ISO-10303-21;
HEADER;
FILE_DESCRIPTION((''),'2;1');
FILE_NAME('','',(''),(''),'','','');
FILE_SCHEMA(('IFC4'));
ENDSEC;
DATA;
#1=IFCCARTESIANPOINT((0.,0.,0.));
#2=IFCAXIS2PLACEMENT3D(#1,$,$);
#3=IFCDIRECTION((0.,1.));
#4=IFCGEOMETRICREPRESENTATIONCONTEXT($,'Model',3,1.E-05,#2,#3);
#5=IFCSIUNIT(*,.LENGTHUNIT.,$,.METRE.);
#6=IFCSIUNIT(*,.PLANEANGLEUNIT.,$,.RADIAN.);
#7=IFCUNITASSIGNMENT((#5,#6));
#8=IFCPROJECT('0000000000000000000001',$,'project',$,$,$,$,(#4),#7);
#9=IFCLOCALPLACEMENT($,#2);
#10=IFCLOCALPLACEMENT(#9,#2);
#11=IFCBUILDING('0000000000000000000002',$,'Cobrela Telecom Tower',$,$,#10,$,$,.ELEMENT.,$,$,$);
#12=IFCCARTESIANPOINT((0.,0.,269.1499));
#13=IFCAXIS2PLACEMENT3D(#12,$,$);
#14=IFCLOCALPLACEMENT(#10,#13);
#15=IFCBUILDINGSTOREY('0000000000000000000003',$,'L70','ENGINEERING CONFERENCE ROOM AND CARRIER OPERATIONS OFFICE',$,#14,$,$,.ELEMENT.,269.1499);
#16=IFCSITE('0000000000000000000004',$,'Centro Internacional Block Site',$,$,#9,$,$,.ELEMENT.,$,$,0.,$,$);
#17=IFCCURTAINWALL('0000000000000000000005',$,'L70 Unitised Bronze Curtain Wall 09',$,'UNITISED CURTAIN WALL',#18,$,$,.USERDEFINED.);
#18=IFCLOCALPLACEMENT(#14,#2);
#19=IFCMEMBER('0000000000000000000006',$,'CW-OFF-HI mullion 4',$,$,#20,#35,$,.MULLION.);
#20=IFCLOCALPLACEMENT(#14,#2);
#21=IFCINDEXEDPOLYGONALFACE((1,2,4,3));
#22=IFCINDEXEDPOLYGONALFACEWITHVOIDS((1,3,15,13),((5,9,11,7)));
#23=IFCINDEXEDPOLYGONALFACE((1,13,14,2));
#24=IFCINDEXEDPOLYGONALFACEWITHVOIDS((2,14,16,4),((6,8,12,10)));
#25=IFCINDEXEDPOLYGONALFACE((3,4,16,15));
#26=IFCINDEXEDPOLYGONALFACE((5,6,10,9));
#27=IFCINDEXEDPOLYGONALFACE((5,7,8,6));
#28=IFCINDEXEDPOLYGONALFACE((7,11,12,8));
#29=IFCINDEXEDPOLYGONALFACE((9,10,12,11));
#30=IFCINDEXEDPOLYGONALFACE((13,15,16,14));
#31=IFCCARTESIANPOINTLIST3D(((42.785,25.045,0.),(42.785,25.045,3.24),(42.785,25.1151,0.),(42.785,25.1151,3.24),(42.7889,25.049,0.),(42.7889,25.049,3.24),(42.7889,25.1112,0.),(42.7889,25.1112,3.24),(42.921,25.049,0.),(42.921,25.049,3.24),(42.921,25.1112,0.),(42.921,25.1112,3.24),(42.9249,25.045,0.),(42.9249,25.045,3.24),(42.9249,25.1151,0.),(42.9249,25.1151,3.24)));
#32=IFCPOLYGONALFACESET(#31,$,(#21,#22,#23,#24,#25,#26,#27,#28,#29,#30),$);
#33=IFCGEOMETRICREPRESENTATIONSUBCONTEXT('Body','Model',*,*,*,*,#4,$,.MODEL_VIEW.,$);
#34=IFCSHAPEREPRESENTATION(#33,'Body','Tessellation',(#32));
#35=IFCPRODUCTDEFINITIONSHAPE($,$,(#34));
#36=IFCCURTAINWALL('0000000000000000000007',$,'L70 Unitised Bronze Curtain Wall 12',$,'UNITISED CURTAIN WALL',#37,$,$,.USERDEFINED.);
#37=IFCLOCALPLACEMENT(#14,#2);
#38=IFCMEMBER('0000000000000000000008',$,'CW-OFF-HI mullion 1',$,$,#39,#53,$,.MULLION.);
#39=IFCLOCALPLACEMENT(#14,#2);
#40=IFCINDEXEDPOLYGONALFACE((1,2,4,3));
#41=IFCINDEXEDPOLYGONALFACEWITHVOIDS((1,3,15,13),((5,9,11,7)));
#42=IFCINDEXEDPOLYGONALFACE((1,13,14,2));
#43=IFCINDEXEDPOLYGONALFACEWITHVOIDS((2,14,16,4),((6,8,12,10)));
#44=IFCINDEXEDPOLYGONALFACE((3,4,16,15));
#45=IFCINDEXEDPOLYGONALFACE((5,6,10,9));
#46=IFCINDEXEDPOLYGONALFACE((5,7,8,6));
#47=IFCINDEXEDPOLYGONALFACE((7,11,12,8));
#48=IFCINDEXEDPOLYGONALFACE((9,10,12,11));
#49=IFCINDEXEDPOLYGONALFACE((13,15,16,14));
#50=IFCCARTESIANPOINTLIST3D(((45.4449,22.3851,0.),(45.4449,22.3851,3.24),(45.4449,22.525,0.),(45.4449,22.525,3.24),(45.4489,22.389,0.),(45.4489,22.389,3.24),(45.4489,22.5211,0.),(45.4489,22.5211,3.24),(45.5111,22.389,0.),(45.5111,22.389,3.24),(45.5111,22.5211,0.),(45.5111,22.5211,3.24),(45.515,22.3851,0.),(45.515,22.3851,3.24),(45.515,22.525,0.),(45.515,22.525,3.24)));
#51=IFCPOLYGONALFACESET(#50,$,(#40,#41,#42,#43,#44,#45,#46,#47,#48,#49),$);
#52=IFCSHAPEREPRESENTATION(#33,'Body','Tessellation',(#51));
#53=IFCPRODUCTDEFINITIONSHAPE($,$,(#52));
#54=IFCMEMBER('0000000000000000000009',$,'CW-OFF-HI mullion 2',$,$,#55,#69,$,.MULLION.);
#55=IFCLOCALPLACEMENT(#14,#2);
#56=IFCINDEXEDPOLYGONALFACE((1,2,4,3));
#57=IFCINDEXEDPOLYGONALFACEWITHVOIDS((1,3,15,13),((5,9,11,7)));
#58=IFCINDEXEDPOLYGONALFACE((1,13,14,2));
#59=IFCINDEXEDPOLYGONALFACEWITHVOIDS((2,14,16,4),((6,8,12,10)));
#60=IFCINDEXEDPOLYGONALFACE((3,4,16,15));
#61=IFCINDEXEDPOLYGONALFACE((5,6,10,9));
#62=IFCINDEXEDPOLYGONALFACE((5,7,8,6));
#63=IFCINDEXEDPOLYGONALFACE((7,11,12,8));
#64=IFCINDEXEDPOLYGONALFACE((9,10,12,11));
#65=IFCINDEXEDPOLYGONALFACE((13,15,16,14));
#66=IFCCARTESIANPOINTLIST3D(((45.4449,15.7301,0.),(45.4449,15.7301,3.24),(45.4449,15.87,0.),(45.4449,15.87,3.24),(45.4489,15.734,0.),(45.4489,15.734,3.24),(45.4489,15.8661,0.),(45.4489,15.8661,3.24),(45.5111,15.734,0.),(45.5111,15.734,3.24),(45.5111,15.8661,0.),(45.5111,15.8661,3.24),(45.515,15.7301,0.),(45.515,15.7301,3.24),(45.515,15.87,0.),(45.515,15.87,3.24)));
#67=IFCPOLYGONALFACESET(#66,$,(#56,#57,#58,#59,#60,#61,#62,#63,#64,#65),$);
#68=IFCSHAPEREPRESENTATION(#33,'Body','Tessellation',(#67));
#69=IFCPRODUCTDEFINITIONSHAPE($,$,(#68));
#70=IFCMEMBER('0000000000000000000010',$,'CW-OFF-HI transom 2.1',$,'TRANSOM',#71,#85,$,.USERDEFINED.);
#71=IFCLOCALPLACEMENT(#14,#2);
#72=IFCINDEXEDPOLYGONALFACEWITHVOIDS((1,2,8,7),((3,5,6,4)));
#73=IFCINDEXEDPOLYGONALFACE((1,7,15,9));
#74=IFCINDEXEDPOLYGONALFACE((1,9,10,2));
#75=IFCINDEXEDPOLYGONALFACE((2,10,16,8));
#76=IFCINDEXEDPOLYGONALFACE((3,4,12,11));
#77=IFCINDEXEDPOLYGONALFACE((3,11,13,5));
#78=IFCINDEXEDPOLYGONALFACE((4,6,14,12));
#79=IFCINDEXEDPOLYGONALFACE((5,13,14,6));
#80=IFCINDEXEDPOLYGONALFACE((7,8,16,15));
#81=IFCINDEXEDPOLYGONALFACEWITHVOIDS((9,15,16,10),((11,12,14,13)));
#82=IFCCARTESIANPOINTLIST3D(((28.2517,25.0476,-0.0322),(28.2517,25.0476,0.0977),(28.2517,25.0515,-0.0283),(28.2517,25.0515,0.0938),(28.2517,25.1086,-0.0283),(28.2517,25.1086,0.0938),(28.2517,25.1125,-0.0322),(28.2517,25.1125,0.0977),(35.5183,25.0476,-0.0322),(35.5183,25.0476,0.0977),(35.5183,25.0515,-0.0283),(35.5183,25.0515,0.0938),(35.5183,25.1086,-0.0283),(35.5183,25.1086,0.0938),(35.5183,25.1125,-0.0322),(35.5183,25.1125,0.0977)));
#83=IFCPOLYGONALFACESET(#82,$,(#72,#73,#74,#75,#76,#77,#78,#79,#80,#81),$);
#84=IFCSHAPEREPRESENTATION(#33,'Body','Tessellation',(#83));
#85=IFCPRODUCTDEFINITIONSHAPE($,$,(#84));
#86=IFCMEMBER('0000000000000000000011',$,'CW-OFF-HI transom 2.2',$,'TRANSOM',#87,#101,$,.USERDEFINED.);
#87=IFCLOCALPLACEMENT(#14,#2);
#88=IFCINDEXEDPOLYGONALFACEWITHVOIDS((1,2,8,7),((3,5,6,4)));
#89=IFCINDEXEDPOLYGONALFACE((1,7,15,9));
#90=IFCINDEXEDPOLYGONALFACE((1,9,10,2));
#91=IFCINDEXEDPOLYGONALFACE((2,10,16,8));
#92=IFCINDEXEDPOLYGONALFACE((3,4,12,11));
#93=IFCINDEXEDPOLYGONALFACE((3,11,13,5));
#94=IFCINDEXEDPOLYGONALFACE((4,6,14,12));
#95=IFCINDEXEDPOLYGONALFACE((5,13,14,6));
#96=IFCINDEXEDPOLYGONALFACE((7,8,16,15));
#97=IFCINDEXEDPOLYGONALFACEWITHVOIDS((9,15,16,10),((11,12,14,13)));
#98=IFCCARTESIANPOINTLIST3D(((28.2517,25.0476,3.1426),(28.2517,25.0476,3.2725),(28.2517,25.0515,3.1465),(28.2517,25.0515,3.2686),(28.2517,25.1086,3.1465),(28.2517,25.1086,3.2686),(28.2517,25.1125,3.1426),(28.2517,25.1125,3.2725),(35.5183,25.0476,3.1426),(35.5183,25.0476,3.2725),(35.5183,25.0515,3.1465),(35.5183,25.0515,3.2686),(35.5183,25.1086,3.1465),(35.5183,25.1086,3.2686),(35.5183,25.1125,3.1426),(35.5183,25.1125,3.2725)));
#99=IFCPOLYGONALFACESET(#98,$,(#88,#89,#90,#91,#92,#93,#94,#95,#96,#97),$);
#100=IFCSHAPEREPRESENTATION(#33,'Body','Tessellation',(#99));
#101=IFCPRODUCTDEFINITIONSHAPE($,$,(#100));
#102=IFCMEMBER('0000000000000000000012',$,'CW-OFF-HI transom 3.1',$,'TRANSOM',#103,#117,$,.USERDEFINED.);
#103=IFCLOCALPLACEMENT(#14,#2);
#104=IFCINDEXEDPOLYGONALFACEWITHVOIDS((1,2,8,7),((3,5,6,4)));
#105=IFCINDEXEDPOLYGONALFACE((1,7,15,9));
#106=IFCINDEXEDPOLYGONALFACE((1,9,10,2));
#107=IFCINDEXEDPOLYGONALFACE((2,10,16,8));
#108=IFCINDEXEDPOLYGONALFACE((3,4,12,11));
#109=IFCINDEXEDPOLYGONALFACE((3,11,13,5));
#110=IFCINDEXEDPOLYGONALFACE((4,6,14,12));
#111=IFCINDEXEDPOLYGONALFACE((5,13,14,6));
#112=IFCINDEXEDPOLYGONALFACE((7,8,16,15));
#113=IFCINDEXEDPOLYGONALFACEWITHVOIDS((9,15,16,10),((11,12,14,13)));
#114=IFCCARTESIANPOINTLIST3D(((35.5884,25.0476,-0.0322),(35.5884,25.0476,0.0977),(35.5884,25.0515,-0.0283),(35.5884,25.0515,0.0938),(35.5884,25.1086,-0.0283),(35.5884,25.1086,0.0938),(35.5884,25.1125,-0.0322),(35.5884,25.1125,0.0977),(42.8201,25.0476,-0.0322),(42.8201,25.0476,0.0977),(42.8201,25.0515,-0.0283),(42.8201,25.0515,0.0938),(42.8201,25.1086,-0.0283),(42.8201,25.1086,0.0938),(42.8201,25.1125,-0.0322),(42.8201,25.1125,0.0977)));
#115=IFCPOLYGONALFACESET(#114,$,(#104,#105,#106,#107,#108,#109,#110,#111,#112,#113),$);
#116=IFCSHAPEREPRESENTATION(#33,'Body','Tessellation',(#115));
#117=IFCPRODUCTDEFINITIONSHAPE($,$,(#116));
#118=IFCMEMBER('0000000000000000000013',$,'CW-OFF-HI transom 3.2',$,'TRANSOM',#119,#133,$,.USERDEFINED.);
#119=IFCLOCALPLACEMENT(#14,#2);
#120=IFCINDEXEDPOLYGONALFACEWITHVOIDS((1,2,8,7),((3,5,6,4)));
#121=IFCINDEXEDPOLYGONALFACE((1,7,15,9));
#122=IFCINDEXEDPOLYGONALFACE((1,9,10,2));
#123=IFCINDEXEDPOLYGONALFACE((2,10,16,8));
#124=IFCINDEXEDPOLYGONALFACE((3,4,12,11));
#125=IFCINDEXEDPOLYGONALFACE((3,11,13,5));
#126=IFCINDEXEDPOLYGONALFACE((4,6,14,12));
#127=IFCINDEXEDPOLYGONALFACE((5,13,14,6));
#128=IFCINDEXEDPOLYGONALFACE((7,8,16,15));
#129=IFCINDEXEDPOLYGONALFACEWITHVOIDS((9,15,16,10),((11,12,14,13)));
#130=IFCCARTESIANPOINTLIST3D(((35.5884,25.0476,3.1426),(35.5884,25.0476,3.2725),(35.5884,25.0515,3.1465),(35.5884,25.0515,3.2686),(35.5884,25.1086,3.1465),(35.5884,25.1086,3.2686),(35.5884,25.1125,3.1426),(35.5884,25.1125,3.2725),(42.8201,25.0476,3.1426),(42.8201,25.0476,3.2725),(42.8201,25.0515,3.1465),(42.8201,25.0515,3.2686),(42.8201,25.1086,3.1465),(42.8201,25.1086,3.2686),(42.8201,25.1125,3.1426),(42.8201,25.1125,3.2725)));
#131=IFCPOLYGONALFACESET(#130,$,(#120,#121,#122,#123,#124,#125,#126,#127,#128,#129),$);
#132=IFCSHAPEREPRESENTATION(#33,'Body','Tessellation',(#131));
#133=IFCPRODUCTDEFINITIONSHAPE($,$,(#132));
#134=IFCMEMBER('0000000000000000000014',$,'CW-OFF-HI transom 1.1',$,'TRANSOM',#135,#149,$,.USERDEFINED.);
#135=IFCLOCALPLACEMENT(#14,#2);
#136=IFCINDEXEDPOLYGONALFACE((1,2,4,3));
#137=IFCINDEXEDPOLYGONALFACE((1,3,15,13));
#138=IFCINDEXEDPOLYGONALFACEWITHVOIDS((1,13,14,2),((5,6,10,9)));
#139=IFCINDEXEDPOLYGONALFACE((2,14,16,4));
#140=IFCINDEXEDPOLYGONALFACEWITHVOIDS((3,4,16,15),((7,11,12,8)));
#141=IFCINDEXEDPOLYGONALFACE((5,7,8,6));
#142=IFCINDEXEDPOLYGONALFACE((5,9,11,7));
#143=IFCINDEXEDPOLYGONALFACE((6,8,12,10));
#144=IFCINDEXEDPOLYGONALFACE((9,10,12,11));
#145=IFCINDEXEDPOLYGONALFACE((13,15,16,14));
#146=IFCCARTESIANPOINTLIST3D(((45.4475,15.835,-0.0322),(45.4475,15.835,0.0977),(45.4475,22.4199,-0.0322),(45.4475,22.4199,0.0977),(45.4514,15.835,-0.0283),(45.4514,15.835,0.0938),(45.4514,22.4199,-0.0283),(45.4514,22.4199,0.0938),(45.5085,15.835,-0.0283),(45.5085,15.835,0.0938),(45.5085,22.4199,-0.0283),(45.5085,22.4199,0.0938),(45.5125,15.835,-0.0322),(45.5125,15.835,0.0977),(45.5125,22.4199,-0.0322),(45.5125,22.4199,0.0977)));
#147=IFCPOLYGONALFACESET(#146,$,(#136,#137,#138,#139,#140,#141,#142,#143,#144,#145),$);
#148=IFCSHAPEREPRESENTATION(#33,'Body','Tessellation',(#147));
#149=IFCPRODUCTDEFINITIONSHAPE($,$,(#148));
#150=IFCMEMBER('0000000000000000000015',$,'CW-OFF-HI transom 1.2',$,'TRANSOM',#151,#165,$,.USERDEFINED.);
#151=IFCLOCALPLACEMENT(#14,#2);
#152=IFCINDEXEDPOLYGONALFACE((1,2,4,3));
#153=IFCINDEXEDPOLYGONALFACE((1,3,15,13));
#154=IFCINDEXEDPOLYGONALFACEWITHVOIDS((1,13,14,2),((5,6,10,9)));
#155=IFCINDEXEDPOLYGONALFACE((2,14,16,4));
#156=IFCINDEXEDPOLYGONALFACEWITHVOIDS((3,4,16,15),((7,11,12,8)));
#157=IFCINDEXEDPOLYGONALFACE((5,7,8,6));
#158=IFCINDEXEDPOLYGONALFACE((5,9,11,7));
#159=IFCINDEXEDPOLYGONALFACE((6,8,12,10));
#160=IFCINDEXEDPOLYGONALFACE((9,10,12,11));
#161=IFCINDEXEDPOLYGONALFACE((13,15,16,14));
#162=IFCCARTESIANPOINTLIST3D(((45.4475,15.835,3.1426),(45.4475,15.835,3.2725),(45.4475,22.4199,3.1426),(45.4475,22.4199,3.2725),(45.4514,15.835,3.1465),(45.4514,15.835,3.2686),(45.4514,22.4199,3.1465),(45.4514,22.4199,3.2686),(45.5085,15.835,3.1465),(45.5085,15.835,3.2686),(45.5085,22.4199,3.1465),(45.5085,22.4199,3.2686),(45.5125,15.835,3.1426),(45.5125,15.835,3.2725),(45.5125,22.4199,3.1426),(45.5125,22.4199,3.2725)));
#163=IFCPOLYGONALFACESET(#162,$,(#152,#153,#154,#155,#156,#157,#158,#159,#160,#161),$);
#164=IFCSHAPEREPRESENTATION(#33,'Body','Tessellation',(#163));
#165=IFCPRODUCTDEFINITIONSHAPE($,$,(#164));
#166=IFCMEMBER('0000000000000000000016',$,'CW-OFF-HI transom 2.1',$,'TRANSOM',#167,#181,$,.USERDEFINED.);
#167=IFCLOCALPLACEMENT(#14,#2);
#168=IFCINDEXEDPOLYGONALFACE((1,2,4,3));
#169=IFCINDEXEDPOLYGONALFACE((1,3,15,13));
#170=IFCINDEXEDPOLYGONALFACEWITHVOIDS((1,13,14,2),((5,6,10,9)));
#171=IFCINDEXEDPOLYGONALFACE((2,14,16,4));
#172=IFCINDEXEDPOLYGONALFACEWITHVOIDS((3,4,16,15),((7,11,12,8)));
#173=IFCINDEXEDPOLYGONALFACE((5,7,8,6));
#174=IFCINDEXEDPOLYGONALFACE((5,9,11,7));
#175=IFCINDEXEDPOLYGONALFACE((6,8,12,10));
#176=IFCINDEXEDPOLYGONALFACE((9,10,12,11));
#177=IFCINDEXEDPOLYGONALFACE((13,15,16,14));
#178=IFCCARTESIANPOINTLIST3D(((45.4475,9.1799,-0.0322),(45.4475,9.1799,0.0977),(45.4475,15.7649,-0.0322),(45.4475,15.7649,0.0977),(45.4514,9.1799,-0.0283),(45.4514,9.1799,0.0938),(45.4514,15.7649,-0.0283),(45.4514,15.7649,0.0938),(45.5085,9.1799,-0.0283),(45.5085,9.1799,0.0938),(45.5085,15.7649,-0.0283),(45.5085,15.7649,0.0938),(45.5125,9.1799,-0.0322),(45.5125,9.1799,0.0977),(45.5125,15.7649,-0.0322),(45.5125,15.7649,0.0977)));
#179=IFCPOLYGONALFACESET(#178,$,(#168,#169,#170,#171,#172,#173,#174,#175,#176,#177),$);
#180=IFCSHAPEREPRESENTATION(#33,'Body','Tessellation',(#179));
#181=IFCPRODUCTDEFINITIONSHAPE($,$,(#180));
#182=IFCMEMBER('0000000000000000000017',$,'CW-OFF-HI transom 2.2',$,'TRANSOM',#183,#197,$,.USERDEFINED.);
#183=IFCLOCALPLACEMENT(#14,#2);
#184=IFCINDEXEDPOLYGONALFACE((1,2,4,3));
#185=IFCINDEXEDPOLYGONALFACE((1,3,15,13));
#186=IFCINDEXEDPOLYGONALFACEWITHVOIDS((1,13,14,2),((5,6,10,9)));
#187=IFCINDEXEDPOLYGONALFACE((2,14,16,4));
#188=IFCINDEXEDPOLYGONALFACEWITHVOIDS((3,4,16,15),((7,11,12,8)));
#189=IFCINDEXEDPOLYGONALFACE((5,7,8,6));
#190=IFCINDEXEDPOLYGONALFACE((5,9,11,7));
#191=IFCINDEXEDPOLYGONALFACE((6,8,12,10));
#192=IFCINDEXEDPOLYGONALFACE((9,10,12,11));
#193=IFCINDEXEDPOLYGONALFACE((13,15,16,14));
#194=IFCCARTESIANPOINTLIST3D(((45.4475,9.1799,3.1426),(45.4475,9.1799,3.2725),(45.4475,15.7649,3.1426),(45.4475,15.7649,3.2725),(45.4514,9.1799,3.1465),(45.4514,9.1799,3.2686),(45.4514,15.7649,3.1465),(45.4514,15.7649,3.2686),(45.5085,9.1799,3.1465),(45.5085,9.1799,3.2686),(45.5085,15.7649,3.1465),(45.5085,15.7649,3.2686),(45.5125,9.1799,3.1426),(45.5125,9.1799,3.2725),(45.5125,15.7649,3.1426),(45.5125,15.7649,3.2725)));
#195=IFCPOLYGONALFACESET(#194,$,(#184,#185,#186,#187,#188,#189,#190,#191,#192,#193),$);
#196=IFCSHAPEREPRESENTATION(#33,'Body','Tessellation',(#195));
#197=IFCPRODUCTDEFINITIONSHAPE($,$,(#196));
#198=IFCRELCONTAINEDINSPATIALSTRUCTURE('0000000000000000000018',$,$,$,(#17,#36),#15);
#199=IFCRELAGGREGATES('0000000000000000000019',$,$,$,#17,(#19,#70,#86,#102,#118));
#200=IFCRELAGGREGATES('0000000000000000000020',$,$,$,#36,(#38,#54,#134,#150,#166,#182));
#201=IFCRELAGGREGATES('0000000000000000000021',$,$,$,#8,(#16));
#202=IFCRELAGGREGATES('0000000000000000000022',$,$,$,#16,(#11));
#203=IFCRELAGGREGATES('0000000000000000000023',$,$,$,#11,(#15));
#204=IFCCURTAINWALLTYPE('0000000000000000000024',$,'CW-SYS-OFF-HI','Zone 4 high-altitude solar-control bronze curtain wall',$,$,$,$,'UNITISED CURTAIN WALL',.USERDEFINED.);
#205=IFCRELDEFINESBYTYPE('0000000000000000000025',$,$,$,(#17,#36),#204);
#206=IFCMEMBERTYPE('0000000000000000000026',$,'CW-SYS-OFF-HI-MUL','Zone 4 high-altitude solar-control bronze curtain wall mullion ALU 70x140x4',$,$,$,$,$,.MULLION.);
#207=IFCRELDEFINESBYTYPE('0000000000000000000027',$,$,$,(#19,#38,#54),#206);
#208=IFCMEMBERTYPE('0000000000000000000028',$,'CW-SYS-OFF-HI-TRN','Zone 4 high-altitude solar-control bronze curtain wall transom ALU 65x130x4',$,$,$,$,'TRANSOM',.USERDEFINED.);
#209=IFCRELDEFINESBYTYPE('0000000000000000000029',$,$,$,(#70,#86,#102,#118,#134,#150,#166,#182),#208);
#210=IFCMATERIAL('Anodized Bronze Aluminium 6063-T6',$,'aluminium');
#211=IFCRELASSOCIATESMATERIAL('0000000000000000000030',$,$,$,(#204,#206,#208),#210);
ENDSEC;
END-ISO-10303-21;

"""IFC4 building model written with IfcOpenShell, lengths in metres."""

from ifc_helpers import new_model, si_unit, direction, frame, origin, origin_2d, place, context, subcontext, project, spatial, hollow_rectangle, extrude, material, material_profile, profile_set, type_object, element, aggregate, save


model = new_model("IFC4")

# Units and contexts
model_context = context("Model", 3, precision=1e-05, world=origin(), true_north=direction((0.0, 1.0)))
body_context = subcontext(model_context, "Body", "Model", "MODEL_VIEW")
ifc_project = project(units=[si_unit("LENGTHUNIT", "METRE"), si_unit("PLANEANGLEUNIT", "RADIAN")], contexts=[model_context])

# Site, building, storey
site_placement = place(None, origin())
site = spatial("IfcSite", under=ifc_project, at=site_placement, Name="Centro Internacional Block Site", CompositionType="ELEMENT", RefElevation=0.0)
building_placement = place(site_placement, origin())
building = spatial("IfcBuilding", under=site, at=building_placement, Name="Cobrela Telecom Tower", CompositionType="ELEMENT")
storey_placement = place(building_placement, frame((0.0, 0.0, 269.1499)))
storey = spatial("IfcBuildingStorey", under=building, at=storey_placement, Name="L70", Description="ENGINEERING CONFERENCE ROOM AND CARRIER OPERATIONS OFFICE", CompositionType="ELEMENT", Elevation=269.1499)

# Curtain walls, members
ifc_material_1 = material(Name="Anodized Bronze Aluminium 6063-T6", Category="aluminium")
curtain_wall_type = type_object("IfcCurtainWallType", Name="CW-SYS-OFF-HI", Description="Zone 4 high-altitude solar-control bronze curtain wall", ElementType="UNITISED CURTAIN WALL", PredefinedType="USERDEFINED", material=ifc_material_1)
curtain_wall_1_placement = place(storey_placement, origin())
curtain_wall_1 = element("IfcCurtainWall", 1, at=curtain_wall_1_placement, inside=storey, type_object=curtain_wall_type, Name="L70 Unitised Bronze Curtain Wall 09", ObjectType="UNITISED CURTAIN WALL", PredefinedType="USERDEFINED")
ifc_material_profile_1 = material_profile(ifc_material_1, hollow_rectangle(XDim=0.0701, YDim=0.1399, WallThickness=0.0039, at=origin_2d()), Name="ALU 70x140x4")
ifc_profile_set_1 = profile_set([ifc_material_profile_1], Name="Anodized Bronze Aluminium 6063-T6")
member_type_1 = type_object("IfcMemberType", Name="CW-SYS-OFF-HI-MUL", Description="Zone 4 high-altitude solar-control bronze curtain wall mullion ALU 70x140x4", PredefinedType="MULLION", material=ifc_profile_set_1)
member_1_placement = place(storey_placement, frame((42.855, 25.0801, 0.0), z_axis=(0.0, 0.0, 1.0), x_axis=(0.0, 1.0, 0.0)))
member_1 = element("IfcMember", 2, at=member_1_placement, type_object=member_type_1, Name="CW-OFF-HI mullion 4", PredefinedType="MULLION", context=body_context, shape_type="SweptSolid", body=[
    extrude(hollow_rectangle(XDim=0.0701, YDim=0.1399, WallThickness=0.0039, at=origin_2d()), origin(), (0.0, 0.0, 1.0), 3.24),
])
curtain_wall_2_placement = place(storey_placement, origin())
curtain_wall_2 = element("IfcCurtainWall", 3, at=curtain_wall_2_placement, inside=storey, type_object=curtain_wall_type, Name="L70 Unitised Bronze Curtain Wall 12", ObjectType="UNITISED CURTAIN WALL", PredefinedType="USERDEFINED")
member_2_placement = place(storey_placement, frame((45.48, 22.4551, 0.0), z_axis=(0.0, 0.0, 1.0), x_axis=(1.0, 0.0, 0.0)))
member_2 = element("IfcMember", 4, at=member_2_placement, type_object=member_type_1, Name="CW-OFF-HI mullion 1", PredefinedType="MULLION", context=body_context, shape_type="SweptSolid", body=[
    extrude(hollow_rectangle(XDim=0.0701, YDim=0.1399, WallThickness=0.0039, at=origin_2d()), origin(), (0.0, 0.0, 1.0), 3.24),
])
member_3_placement = place(storey_placement, frame((45.48, 15.8, 0.0), z_axis=(0.0, 0.0, 1.0), x_axis=(1.0, 0.0, 0.0)))
member_3 = element("IfcMember", 5, at=member_3_placement, type_object=member_type_1, Name="CW-OFF-HI mullion 2", PredefinedType="MULLION", context=body_context, shape_type="SweptSolid", body=[
    extrude(hollow_rectangle(XDim=0.0701, YDim=0.1399, WallThickness=0.0039, at=origin_2d()), origin(), (0.0, 0.0, 1.0), 3.24),
])

# Members
ifc_material_profile_2 = material_profile(ifc_material_1, hollow_rectangle(XDim=0.0649, YDim=0.1299, WallThickness=0.0039, at=origin_2d()), Name="ALU 65x130x4")
ifc_profile_set_2 = profile_set([ifc_material_profile_2], Name="Anodized Bronze Aluminium 6063-T6")
member_type_2 = type_object("IfcMemberType", Name="CW-SYS-OFF-HI-TRN", Description="Zone 4 high-altitude solar-control bronze curtain wall transom ALU 65x130x4", ElementType="TRANSOM", PredefinedType="USERDEFINED", material=ifc_profile_set_2)
member_4_placement = place(storey_placement, frame((28.2517, 25.0801, 0.0327), z_axis=(1.0, 0.0, 0.0), x_axis=(0.0, 1.0, 0.0)))
member_4 = element("IfcMember", 6, at=member_4_placement, type_object=member_type_2, Name="CW-OFF-HI transom 2.1", ObjectType="TRANSOM", PredefinedType="USERDEFINED", context=body_context, shape_type="SweptSolid", body=[
    extrude(hollow_rectangle(XDim=0.0649, YDim=0.1299, WallThickness=0.0039, at=origin_2d()), origin(), (0.0, 0.0, 1.0), 7.2666),
])
member_5_placement = place(storey_placement, frame((28.2517, 25.0801, 3.2075), z_axis=(1.0, 0.0, 0.0), x_axis=(0.0, 1.0, 0.0)))
member_5 = element("IfcMember", 7, at=member_5_placement, type_object=member_type_2, Name="CW-OFF-HI transom 2.2", ObjectType="TRANSOM", PredefinedType="USERDEFINED", context=body_context, shape_type="SweptSolid", body=[
    extrude(hollow_rectangle(XDim=0.0649, YDim=0.1299, WallThickness=0.0039, at=origin_2d()), origin(), (0.0, 0.0, 1.0), 7.2666),
])
member_6_placement = place(storey_placement, frame((35.5884, 25.0801, 0.0327), z_axis=(1.0, 0.0, 0.0), x_axis=(0.0, 1.0, 0.0)))
member_6 = element("IfcMember", 8, at=member_6_placement, type_object=member_type_2, Name="CW-OFF-HI transom 3.1", ObjectType="TRANSOM", PredefinedType="USERDEFINED", context=body_context, shape_type="SweptSolid", body=[
    extrude(hollow_rectangle(XDim=0.0649, YDim=0.1299, WallThickness=0.0039, at=origin_2d()), origin(), (0.0, 0.0, 1.0), 7.2317),
])
member_7_placement = place(storey_placement, frame((35.5884, 25.0801, 3.2075), z_axis=(1.0, 0.0, 0.0), x_axis=(0.0, 1.0, 0.0)))
member_7 = element("IfcMember", 9, at=member_7_placement, type_object=member_type_2, Name="CW-OFF-HI transom 3.2", ObjectType="TRANSOM", PredefinedType="USERDEFINED", context=body_context, shape_type="SweptSolid", body=[
    extrude(hollow_rectangle(XDim=0.0649, YDim=0.1299, WallThickness=0.0039, at=origin_2d()), origin(), (0.0, 0.0, 1.0), 7.2317),
])
member_8_placement = place(storey_placement, frame((45.48, 22.4199, 0.0327), z_axis=(0.0, -1.0, 0.0), x_axis=(1.0, 0.0, 0.0)))
member_8 = element("IfcMember", 10, at=member_8_placement, type_object=member_type_2, Name="CW-OFF-HI transom 1.1", ObjectType="TRANSOM", PredefinedType="USERDEFINED", context=body_context, shape_type="SweptSolid", body=[
    extrude(hollow_rectangle(XDim=0.0649, YDim=0.1299, WallThickness=0.0039, at=origin_2d()), origin(), (0.0, 0.0, 1.0), 6.585),
])
member_9_placement = place(storey_placement, frame((45.48, 22.4199, 3.2075), z_axis=(0.0, -1.0, 0.0), x_axis=(1.0, 0.0, 0.0)))
member_9 = element("IfcMember", 11, at=member_9_placement, type_object=member_type_2, Name="CW-OFF-HI transom 1.2", ObjectType="TRANSOM", PredefinedType="USERDEFINED", context=body_context, shape_type="SweptSolid", body=[
    extrude(hollow_rectangle(XDim=0.0649, YDim=0.1299, WallThickness=0.0039, at=origin_2d()), origin(), (0.0, 0.0, 1.0), 6.585),
])
member_10_placement = place(storey_placement, frame((45.48, 15.7649, 0.0327), z_axis=(0.0, -1.0, 0.0), x_axis=(1.0, 0.0, 0.0)))
member_10 = element("IfcMember", 12, at=member_10_placement, type_object=member_type_2, Name="CW-OFF-HI transom 2.1", ObjectType="TRANSOM", PredefinedType="USERDEFINED", context=body_context, shape_type="SweptSolid", body=[
    extrude(hollow_rectangle(XDim=0.0649, YDim=0.1299, WallThickness=0.0039, at=origin_2d()), origin(), (0.0, 0.0, 1.0), 6.585),
])
member_11_placement = place(storey_placement, frame((45.48, 15.7649, 3.2075), z_axis=(0.0, -1.0, 0.0), x_axis=(1.0, 0.0, 0.0)))
member_11 = element("IfcMember", 13, at=member_11_placement, type_object=member_type_2, Name="CW-OFF-HI transom 2.2", ObjectType="TRANSOM", PredefinedType="USERDEFINED", context=body_context, shape_type="SweptSolid", body=[
    extrude(hollow_rectangle(XDim=0.0649, YDim=0.1299, WallThickness=0.0039, at=origin_2d()), origin(), (0.0, 0.0, 1.0), 6.585),
])

aggregate(curtain_wall_1, [member_1, member_4, member_5, member_6, member_7])
aggregate(curtain_wall_2, [member_2, member_3, member_8, member_9, member_10, member_11])

save(model, "model.ifc")
